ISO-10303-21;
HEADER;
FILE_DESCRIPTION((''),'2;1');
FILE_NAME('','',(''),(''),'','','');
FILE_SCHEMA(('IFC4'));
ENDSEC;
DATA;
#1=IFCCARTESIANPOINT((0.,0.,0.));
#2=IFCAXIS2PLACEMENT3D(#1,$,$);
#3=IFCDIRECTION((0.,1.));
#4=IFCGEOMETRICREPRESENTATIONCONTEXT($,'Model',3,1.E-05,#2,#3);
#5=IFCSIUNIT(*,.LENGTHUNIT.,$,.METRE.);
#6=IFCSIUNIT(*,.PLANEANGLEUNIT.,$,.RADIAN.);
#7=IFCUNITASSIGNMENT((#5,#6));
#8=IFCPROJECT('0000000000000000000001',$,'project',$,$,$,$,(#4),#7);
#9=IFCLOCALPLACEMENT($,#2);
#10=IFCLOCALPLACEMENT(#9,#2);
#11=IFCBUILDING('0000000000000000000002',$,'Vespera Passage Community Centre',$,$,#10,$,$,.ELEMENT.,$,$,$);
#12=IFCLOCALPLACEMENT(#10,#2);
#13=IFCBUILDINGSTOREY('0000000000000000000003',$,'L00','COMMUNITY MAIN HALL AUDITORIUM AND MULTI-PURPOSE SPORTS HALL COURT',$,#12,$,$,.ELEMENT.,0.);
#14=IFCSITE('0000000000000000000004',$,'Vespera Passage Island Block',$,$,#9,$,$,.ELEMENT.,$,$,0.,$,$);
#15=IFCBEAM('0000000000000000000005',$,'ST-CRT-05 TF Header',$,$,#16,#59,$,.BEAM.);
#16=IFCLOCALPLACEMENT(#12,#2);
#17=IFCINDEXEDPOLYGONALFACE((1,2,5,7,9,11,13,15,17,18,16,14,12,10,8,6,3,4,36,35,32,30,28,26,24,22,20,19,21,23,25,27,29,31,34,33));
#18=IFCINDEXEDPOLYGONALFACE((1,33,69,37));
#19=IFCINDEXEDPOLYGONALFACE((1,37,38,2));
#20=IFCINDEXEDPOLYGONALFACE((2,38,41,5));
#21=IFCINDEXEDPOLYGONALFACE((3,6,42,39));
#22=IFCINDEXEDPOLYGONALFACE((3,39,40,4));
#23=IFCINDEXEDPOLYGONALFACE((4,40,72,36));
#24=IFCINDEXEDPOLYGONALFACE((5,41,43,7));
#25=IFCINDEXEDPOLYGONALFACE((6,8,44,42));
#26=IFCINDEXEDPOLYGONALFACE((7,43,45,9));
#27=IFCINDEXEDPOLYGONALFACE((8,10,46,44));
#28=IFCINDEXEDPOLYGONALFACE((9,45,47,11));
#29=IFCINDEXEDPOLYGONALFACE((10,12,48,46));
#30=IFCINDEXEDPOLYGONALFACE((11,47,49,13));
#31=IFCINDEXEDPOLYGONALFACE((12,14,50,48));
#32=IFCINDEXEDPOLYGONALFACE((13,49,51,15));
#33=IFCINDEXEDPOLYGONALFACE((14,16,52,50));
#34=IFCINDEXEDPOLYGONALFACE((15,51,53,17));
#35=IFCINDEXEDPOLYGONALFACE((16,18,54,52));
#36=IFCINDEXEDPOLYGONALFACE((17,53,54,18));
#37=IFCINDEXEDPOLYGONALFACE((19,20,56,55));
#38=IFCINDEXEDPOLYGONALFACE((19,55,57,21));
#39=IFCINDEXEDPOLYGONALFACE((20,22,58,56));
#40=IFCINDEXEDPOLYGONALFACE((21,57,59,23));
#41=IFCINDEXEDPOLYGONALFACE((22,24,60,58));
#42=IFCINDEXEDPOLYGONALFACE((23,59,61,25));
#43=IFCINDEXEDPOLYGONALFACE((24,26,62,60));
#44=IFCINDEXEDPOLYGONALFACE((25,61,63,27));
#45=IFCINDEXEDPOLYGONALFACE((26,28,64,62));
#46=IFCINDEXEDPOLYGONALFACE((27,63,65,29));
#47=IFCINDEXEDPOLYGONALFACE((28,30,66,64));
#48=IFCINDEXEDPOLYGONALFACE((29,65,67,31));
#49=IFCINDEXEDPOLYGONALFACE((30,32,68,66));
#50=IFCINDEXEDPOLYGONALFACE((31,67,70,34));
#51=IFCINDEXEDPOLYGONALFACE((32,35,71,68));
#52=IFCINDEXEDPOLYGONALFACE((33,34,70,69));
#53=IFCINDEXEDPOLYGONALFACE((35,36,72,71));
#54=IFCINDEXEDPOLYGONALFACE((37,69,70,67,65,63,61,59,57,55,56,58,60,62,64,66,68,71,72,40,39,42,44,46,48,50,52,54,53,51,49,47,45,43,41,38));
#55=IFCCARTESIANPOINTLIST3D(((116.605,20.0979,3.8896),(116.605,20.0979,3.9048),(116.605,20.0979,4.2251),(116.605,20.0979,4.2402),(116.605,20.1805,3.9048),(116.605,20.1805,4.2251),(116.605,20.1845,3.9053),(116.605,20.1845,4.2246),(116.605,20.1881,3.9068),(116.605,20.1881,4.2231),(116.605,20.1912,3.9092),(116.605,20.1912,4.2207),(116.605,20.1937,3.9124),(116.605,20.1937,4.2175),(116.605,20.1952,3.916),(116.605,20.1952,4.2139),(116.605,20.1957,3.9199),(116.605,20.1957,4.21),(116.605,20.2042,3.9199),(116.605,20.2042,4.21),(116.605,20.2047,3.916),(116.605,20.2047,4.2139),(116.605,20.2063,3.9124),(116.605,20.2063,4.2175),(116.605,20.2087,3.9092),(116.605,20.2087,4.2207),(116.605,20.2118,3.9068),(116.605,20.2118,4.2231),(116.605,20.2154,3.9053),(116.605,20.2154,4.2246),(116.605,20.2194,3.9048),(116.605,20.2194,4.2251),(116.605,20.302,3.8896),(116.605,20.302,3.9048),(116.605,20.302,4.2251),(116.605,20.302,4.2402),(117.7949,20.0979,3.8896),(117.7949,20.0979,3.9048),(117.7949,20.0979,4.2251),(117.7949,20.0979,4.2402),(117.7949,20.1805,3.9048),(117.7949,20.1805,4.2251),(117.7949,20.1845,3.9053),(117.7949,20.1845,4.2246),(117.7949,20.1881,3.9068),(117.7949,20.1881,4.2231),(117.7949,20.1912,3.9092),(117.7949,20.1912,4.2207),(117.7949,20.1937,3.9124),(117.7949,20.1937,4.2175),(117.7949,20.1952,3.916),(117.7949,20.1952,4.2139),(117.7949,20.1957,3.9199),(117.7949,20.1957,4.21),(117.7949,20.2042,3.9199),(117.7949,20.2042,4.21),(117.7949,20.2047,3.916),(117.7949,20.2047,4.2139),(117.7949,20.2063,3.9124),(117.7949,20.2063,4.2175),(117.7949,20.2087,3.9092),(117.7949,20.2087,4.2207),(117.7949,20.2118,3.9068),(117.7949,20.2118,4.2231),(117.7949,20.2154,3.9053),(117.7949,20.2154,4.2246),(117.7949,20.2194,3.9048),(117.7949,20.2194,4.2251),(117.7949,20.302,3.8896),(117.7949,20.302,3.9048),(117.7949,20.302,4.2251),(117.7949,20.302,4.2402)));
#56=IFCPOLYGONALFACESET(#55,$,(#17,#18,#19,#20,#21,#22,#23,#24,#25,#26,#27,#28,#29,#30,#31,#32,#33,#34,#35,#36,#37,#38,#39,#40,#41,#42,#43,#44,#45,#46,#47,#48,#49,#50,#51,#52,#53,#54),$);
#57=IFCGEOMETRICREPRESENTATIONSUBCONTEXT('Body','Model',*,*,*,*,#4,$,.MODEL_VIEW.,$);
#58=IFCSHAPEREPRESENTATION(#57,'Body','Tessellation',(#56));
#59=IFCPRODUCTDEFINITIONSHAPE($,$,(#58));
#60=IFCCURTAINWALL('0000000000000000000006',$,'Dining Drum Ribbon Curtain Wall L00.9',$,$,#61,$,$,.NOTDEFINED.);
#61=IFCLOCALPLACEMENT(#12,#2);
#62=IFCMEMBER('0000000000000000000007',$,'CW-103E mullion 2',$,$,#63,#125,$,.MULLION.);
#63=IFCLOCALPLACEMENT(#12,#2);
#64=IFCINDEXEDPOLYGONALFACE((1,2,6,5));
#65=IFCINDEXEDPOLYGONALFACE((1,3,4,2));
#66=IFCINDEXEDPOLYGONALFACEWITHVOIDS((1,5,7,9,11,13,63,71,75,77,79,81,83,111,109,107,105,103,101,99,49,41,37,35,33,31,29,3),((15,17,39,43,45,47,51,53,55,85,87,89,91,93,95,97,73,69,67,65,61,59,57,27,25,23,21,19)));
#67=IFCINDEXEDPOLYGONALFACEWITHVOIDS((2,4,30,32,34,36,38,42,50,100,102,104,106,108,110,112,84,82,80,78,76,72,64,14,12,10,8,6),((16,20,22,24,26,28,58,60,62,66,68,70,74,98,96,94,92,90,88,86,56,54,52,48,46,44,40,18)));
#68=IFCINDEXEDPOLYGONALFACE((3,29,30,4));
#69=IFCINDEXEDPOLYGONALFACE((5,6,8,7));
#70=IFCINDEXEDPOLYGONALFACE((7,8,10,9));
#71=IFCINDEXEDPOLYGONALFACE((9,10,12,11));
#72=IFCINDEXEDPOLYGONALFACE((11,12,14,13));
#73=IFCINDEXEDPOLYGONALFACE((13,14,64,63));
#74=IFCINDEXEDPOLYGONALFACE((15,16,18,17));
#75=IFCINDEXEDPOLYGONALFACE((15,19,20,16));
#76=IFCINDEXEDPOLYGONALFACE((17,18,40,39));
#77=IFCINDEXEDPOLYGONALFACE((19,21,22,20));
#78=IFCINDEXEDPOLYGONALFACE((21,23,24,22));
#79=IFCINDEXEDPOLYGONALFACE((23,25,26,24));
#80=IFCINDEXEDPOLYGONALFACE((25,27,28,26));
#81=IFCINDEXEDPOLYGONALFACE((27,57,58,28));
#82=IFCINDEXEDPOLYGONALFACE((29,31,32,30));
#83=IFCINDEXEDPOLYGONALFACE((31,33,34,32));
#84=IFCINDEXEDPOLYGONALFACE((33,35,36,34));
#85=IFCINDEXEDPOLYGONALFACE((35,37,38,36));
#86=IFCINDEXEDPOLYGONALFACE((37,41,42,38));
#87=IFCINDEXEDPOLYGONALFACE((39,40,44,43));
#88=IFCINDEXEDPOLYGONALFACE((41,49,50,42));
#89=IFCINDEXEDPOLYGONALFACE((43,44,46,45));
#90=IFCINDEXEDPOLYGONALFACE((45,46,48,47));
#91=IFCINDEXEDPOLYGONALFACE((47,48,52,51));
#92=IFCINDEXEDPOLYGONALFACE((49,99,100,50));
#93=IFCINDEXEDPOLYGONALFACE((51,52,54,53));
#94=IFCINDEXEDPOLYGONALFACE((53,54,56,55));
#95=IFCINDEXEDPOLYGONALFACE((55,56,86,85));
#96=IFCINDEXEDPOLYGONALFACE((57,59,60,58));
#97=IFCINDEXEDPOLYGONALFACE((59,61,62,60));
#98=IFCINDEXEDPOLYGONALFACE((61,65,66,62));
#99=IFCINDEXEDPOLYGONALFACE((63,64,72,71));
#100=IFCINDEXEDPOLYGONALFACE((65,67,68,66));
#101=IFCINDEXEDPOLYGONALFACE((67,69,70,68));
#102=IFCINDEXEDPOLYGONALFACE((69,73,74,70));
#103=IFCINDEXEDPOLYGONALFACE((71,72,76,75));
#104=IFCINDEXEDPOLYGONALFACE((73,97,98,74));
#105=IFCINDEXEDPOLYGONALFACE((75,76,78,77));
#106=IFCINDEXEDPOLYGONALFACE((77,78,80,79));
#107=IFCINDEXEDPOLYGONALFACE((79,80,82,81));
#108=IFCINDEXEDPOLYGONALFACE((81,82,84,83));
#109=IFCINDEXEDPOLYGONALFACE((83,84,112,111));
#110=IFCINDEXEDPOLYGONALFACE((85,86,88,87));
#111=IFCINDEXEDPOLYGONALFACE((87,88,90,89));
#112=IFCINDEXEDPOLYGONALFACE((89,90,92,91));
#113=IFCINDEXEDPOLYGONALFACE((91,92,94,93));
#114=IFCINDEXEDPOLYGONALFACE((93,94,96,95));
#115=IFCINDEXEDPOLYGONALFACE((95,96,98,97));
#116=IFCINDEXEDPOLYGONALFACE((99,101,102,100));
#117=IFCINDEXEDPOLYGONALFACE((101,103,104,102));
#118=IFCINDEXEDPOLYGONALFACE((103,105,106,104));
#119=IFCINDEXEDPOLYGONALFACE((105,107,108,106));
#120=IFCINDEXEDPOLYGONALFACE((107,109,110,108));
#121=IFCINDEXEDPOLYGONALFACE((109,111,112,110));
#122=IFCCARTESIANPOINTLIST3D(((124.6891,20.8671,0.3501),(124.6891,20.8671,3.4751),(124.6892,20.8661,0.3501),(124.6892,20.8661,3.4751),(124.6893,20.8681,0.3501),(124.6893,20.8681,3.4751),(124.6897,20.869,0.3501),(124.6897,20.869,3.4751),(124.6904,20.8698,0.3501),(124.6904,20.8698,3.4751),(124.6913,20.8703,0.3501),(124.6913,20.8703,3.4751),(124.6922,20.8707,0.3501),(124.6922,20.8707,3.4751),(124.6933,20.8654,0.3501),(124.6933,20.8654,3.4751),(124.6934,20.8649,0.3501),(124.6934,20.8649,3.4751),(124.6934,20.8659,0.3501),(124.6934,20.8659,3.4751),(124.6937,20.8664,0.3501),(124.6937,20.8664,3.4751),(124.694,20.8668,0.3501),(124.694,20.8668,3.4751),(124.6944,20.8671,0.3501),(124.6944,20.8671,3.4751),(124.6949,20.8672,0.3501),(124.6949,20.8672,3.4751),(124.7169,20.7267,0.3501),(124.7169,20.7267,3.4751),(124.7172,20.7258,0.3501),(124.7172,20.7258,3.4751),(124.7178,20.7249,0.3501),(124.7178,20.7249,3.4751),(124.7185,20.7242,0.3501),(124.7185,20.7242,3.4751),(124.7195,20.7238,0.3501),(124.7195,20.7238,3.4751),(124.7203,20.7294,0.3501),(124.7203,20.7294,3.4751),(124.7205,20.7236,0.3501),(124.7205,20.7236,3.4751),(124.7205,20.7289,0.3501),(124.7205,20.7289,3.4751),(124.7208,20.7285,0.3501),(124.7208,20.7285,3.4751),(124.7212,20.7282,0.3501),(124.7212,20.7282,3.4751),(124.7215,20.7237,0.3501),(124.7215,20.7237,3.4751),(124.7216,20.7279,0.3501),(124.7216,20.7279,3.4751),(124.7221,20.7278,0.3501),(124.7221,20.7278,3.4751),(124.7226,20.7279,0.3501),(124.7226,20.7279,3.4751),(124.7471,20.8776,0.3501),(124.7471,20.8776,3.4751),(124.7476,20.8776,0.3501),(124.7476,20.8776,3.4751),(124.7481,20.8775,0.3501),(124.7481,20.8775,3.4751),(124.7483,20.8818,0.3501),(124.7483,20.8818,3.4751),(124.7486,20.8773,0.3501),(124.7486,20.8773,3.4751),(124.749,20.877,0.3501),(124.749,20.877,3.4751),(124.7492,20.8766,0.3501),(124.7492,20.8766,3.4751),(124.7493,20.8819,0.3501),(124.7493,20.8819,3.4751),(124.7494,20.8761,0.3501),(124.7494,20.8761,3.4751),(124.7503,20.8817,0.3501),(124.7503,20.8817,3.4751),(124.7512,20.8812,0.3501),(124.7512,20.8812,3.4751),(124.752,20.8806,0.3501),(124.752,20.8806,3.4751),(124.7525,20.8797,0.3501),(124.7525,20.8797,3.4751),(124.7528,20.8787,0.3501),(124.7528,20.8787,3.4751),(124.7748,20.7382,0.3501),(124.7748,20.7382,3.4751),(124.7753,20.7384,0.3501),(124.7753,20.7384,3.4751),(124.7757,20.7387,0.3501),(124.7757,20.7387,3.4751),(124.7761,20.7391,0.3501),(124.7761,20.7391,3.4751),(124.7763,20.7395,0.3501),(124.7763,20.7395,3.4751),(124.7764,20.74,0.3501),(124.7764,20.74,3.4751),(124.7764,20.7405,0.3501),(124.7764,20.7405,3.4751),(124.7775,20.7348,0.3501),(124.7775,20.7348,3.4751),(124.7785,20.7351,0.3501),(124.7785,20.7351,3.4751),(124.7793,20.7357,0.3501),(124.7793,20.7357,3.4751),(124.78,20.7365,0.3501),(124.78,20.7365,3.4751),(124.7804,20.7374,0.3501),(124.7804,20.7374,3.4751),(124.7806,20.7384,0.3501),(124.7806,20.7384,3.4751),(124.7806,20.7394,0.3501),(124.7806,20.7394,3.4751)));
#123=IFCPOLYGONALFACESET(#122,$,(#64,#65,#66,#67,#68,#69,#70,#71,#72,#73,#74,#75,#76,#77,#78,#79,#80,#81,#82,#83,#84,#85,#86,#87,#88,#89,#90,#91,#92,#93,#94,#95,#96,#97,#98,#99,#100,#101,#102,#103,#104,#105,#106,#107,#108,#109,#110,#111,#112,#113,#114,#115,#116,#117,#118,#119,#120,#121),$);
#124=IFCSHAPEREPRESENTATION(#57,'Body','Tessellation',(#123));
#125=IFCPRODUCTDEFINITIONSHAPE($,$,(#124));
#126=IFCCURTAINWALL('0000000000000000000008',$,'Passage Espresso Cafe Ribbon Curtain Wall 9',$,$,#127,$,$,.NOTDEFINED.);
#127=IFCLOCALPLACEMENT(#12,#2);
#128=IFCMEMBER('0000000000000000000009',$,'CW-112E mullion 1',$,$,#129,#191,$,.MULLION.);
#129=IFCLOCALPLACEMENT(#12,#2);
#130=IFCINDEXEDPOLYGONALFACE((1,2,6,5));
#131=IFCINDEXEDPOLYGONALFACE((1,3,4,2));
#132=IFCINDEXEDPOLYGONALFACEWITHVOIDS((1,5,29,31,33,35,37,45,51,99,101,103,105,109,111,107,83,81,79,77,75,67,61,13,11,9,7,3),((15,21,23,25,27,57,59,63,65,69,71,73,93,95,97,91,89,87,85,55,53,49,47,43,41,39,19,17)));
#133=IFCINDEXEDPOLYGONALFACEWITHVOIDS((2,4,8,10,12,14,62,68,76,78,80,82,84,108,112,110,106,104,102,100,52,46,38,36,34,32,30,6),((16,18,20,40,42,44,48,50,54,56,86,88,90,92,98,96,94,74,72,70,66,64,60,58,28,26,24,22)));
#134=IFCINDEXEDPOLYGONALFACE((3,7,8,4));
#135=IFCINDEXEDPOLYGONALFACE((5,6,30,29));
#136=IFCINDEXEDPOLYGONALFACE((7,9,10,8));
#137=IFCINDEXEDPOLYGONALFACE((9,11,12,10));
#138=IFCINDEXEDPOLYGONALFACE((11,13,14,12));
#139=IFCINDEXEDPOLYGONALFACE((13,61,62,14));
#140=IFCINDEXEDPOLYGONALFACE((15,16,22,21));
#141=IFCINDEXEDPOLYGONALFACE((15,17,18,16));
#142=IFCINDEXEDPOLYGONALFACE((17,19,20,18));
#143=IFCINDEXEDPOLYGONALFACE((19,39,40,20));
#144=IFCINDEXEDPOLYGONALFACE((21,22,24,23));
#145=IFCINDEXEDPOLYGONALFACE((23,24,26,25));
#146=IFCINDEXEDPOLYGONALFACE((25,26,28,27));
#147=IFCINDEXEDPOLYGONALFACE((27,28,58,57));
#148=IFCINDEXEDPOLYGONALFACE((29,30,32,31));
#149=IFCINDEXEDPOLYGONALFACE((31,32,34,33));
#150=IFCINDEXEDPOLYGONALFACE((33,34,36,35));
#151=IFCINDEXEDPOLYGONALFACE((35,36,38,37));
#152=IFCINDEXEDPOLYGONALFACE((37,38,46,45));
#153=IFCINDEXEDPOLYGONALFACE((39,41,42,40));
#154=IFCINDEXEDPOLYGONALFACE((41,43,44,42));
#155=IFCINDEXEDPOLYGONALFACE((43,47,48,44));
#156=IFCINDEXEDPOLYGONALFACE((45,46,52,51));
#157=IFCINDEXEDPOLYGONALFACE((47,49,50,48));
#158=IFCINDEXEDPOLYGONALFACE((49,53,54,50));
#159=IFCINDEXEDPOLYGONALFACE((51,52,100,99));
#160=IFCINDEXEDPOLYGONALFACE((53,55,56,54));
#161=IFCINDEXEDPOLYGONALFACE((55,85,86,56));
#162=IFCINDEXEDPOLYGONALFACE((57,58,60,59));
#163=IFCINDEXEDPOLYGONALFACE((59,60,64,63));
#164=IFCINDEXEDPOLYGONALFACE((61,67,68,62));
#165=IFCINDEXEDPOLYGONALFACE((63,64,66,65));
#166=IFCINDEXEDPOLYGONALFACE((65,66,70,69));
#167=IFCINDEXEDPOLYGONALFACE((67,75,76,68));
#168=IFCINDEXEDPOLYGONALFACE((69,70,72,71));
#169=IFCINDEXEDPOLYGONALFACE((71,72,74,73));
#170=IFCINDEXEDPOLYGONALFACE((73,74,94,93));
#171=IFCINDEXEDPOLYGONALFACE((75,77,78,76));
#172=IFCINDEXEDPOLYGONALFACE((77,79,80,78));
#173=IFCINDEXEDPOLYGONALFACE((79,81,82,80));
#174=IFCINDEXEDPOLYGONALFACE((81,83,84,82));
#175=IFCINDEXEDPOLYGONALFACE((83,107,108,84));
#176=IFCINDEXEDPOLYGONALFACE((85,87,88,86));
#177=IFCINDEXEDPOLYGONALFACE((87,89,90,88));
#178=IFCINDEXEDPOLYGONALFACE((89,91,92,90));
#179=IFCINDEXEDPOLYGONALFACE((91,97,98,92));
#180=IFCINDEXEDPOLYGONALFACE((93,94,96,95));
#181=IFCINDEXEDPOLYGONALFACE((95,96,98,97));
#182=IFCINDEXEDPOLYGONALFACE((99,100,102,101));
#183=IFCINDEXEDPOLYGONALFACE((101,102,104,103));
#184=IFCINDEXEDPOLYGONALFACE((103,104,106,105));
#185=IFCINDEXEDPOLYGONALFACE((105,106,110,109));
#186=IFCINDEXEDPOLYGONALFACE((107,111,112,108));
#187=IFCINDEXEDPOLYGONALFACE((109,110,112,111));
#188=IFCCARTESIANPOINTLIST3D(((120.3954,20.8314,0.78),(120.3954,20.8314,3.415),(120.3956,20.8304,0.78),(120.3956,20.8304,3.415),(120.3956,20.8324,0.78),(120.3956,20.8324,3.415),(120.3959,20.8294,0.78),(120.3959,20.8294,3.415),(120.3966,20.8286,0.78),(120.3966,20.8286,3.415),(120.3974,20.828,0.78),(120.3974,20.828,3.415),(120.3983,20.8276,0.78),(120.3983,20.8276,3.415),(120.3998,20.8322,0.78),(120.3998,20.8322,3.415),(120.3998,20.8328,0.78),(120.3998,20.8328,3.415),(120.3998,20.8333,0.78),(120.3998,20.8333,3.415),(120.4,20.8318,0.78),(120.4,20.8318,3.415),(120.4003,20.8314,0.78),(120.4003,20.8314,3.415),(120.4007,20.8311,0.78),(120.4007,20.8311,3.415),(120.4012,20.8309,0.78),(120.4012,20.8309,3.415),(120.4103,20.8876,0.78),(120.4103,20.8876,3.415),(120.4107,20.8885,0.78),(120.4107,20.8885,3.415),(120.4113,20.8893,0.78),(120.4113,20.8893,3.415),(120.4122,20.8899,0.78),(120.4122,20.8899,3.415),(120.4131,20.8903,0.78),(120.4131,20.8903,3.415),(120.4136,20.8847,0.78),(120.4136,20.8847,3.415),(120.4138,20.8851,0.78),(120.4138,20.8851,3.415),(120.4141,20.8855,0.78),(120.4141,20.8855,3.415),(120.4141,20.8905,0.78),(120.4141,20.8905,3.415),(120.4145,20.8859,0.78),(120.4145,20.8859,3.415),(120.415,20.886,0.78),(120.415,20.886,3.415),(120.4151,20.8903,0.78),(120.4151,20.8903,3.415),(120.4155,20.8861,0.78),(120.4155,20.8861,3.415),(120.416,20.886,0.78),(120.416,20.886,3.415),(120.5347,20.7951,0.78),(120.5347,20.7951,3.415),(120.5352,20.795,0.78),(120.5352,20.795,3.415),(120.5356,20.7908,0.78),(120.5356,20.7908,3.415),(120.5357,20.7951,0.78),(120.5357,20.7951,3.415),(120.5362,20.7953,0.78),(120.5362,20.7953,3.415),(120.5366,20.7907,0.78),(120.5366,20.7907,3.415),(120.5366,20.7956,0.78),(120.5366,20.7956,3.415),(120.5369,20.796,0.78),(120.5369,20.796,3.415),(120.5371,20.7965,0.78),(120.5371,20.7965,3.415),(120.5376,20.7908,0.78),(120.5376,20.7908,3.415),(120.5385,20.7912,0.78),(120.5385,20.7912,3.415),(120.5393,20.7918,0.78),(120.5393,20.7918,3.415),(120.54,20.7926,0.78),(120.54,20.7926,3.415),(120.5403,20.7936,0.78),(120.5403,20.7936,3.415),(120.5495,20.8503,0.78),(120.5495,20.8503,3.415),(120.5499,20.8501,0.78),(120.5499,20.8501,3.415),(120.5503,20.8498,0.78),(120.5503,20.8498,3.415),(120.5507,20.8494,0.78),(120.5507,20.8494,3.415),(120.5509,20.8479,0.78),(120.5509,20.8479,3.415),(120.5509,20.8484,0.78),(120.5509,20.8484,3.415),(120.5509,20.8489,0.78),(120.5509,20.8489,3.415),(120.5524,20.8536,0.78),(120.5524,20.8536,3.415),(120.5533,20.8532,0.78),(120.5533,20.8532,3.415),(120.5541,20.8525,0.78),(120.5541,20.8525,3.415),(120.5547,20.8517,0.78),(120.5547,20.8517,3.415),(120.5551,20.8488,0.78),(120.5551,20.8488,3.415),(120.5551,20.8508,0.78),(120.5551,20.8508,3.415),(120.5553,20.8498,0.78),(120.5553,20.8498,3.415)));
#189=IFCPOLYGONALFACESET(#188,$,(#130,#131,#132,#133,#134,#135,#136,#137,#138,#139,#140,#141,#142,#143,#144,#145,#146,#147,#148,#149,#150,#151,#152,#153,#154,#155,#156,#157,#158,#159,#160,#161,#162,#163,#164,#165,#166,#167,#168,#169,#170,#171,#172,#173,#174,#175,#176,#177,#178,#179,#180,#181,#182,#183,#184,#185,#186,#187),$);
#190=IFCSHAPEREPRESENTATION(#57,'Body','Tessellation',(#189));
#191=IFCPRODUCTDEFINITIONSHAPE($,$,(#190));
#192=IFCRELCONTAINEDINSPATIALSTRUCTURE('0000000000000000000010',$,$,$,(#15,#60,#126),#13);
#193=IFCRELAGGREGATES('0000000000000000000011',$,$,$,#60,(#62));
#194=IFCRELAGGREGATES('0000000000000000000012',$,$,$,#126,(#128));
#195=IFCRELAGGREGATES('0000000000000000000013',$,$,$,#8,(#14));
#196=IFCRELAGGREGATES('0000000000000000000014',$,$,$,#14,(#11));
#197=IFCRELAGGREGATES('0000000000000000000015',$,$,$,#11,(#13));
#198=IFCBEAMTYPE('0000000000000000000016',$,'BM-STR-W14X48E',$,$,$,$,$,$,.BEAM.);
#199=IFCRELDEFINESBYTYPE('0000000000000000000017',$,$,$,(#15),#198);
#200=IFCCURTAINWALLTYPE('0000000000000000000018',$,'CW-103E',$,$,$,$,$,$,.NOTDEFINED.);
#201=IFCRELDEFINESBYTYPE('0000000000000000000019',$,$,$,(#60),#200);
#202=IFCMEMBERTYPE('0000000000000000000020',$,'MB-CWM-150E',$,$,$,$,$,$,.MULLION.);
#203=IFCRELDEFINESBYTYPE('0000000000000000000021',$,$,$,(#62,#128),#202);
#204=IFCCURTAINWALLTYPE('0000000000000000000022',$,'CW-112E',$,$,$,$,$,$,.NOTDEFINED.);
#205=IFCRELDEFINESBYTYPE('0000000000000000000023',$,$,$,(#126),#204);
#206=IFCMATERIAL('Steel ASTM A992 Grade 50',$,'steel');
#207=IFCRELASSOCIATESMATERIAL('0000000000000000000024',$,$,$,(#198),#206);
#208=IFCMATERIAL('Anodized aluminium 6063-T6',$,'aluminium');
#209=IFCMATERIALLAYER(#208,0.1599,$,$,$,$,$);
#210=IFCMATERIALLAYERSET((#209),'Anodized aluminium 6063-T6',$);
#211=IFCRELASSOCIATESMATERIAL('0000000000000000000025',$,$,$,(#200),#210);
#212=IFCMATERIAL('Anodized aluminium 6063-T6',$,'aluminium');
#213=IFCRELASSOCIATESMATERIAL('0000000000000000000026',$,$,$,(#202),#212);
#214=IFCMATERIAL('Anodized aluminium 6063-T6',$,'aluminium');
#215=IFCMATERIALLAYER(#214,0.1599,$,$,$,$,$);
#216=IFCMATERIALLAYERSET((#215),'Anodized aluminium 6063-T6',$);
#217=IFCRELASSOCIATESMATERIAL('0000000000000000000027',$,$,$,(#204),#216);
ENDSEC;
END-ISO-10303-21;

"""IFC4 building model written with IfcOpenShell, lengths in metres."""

from ifc_helpers import new_model, si_unit, direction, frame, origin, origin_2d, place, context, subcontext, project, spatial, hollow_rectangle, i_section, extrude, material, layer, layer_set, material_profile, profile_set, type_object, element, aggregate, save


model = new_model("IFC4")

# Units and contexts
model_context = context("Model", 3, precision=1e-05, world=origin(), true_north=direction((0.0, 1.0)))
body_context = subcontext(model_context, "Body", "Model", "MODEL_VIEW")
ifc_project = project(units=[si_unit("LENGTHUNIT", "METRE"), si_unit("PLANEANGLEUNIT", "RADIAN")], contexts=[model_context])

# Site, building, storey
site_placement = place(None, origin())
site = spatial("IfcSite", under=ifc_project, at=site_placement, Name="Vespera Passage Island Block", CompositionType="ELEMENT", RefElevation=0.0)
building_placement = place(site_placement, origin())
building = spatial("IfcBuilding", under=site, at=building_placement, Name="Vespera Passage Community Centre", CompositionType="ELEMENT")
storey_placement = place(building_placement, origin())
storey = spatial("IfcBuildingStorey", under=building, at=storey_placement, Name="L00", Description="COMMUNITY MAIN HALL AUDITORIUM AND MULTI-PURPOSE SPORTS HALL COURT", CompositionType="ELEMENT", Elevation=0.0)

# Beam
ifc_material_1 = material(Name="Steel ASTM A992 Grade 50", Category="steel")
ifc_material_profile_1 = material_profile(ifc_material_1, i_section(OverallWidth=0.2041, OverallDepth=0.3506, WebThickness=0.0085, FlangeThickness=0.0151, FilletRadius=0.0151, at=origin_2d()), Name="W14X48")
ifc_profile_set_1 = profile_set([ifc_material_profile_1], Name="Steel ASTM A992 Grade 50")
beam_type_1 = type_object("IfcBeamType", Name="BM-STR-W14X48E", PredefinedType="BEAM", material=ifc_profile_set_1)
beam_1_placement = place(storey_placement, frame((117.7949, 20.2, 4.0649), z_axis=(-1.0, 0.0, 0.0), x_axis=(0.0, -1.0, 0.0)))
element("IfcBeam", 1, at=beam_1_placement, inside=storey, type_object=beam_type_1, Name="ST-CRT-05 TF Header", PredefinedType="BEAM", context=body_context, shape_type="SweptSolid", body=[
    extrude(i_section(OverallWidth=0.2041, OverallDepth=0.3506, WebThickness=0.0085, FlangeThickness=0.0151, FilletRadius=0.0151, at=origin_2d()), origin(), (0.0, 0.0, 1.0), 1.1899),
])

# Curtain wall, member
ifc_material_2 = material(Name="Anodized aluminium 6063-T6", Category="aluminium")
ifc_layer_1 = layer(ifc_material_2, 0.1599)
ifc_layer_set_1 = layer_set([ifc_layer_1], Name="Anodized aluminium 6063-T6")
curtain_wall_type_1 = type_object("IfcCurtainWallType", Name="CW-103E", PredefinedType="NOTDEFINED", material=ifc_layer_set_1)
curtain_wall_1_placement = place(storey_placement, origin())
curtain_wall_1 = element("IfcCurtainWall", 2, at=curtain_wall_1_placement, inside=storey, type_object=curtain_wall_type_1, Name="Dining Drum Ribbon Curtain Wall L00.9", PredefinedType="NOTDEFINED")
ifc_material_3 = material(Name="Anodized aluminium 6063-T6", Category="aluminium")
ifc_material_profile_2 = material_profile(ifc_material_3, hollow_rectangle(XDim=0.0649, YDim=0.1499, WallThickness=0.0039, InnerFilletRadius=0.002, OuterFilletRadius=0.0039, at=origin_2d()), Name="ALU150X65X4")
ifc_profile_set_2 = profile_set([ifc_material_profile_2], Name="Anodized aluminium 6063-T6")
member_type_1 = type_object("IfcMemberType", Name="MB-CWM-150E", PredefinedType="MULLION", material=ifc_profile_set_2)
member_1_placement = place(storey_placement, frame((124.7349, 20.8027, 0.3501), z_axis=(0.0, 0.0, 1.0), x_axis=(-0.980784, -0.195097, 0.0)))
member_1 = element("IfcMember", 3, at=member_1_placement, type_object=member_type_1, Name="CW-103E mullion 2", PredefinedType="MULLION", context=body_context, shape_type="SweptSolid", body=[
    extrude(hollow_rectangle(XDim=0.0649, YDim=0.1499, WallThickness=0.0039, InnerFilletRadius=0.002, OuterFilletRadius=0.0039, at=origin_2d()), origin(), (0.0, 0.0, 1.0), 3.125),
])

# Curtain wall, member
ifc_material_4 = material(Name="Anodized aluminium 6063-T6", Category="aluminium")
ifc_layer_2 = layer(ifc_material_4, 0.1599)
ifc_layer_set_2 = layer_set([ifc_layer_2], Name="Anodized aluminium 6063-T6")
curtain_wall_type_2 = type_object("IfcCurtainWallType", Name="CW-112E", PredefinedType="NOTDEFINED", material=ifc_layer_set_2)
curtain_wall_2_placement = place(storey_placement, origin())
curtain_wall_2 = element("IfcCurtainWall", 4, at=curtain_wall_2_placement, inside=storey, type_object=curtain_wall_type_2, Name="Passage Espresso Cafe Ribbon Curtain Wall 9", PredefinedType="NOTDEFINED")
member_2_placement = place(storey_placement, frame((120.4753, 20.8406, 0.78), z_axis=(0.0, 0.0, 1.0), x_axis=(-0.258807, -0.965929, 0.0)))
member_2 = element("IfcMember", 5, at=member_2_placement, type_object=member_type_1, Name="CW-112E mullion 1", PredefinedType="MULLION", context=body_context, shape_type="SweptSolid", body=[
    extrude(hollow_rectangle(XDim=0.0649, YDim=0.1499, WallThickness=0.0039, InnerFilletRadius=0.002, OuterFilletRadius=0.0039, at=origin_2d()), origin(), (0.0, 0.0, 1.0), 2.635),
])

aggregate(curtain_wall_1, [member_1])
aggregate(curtain_wall_2, [member_2])

save(model, "model.ifc")
